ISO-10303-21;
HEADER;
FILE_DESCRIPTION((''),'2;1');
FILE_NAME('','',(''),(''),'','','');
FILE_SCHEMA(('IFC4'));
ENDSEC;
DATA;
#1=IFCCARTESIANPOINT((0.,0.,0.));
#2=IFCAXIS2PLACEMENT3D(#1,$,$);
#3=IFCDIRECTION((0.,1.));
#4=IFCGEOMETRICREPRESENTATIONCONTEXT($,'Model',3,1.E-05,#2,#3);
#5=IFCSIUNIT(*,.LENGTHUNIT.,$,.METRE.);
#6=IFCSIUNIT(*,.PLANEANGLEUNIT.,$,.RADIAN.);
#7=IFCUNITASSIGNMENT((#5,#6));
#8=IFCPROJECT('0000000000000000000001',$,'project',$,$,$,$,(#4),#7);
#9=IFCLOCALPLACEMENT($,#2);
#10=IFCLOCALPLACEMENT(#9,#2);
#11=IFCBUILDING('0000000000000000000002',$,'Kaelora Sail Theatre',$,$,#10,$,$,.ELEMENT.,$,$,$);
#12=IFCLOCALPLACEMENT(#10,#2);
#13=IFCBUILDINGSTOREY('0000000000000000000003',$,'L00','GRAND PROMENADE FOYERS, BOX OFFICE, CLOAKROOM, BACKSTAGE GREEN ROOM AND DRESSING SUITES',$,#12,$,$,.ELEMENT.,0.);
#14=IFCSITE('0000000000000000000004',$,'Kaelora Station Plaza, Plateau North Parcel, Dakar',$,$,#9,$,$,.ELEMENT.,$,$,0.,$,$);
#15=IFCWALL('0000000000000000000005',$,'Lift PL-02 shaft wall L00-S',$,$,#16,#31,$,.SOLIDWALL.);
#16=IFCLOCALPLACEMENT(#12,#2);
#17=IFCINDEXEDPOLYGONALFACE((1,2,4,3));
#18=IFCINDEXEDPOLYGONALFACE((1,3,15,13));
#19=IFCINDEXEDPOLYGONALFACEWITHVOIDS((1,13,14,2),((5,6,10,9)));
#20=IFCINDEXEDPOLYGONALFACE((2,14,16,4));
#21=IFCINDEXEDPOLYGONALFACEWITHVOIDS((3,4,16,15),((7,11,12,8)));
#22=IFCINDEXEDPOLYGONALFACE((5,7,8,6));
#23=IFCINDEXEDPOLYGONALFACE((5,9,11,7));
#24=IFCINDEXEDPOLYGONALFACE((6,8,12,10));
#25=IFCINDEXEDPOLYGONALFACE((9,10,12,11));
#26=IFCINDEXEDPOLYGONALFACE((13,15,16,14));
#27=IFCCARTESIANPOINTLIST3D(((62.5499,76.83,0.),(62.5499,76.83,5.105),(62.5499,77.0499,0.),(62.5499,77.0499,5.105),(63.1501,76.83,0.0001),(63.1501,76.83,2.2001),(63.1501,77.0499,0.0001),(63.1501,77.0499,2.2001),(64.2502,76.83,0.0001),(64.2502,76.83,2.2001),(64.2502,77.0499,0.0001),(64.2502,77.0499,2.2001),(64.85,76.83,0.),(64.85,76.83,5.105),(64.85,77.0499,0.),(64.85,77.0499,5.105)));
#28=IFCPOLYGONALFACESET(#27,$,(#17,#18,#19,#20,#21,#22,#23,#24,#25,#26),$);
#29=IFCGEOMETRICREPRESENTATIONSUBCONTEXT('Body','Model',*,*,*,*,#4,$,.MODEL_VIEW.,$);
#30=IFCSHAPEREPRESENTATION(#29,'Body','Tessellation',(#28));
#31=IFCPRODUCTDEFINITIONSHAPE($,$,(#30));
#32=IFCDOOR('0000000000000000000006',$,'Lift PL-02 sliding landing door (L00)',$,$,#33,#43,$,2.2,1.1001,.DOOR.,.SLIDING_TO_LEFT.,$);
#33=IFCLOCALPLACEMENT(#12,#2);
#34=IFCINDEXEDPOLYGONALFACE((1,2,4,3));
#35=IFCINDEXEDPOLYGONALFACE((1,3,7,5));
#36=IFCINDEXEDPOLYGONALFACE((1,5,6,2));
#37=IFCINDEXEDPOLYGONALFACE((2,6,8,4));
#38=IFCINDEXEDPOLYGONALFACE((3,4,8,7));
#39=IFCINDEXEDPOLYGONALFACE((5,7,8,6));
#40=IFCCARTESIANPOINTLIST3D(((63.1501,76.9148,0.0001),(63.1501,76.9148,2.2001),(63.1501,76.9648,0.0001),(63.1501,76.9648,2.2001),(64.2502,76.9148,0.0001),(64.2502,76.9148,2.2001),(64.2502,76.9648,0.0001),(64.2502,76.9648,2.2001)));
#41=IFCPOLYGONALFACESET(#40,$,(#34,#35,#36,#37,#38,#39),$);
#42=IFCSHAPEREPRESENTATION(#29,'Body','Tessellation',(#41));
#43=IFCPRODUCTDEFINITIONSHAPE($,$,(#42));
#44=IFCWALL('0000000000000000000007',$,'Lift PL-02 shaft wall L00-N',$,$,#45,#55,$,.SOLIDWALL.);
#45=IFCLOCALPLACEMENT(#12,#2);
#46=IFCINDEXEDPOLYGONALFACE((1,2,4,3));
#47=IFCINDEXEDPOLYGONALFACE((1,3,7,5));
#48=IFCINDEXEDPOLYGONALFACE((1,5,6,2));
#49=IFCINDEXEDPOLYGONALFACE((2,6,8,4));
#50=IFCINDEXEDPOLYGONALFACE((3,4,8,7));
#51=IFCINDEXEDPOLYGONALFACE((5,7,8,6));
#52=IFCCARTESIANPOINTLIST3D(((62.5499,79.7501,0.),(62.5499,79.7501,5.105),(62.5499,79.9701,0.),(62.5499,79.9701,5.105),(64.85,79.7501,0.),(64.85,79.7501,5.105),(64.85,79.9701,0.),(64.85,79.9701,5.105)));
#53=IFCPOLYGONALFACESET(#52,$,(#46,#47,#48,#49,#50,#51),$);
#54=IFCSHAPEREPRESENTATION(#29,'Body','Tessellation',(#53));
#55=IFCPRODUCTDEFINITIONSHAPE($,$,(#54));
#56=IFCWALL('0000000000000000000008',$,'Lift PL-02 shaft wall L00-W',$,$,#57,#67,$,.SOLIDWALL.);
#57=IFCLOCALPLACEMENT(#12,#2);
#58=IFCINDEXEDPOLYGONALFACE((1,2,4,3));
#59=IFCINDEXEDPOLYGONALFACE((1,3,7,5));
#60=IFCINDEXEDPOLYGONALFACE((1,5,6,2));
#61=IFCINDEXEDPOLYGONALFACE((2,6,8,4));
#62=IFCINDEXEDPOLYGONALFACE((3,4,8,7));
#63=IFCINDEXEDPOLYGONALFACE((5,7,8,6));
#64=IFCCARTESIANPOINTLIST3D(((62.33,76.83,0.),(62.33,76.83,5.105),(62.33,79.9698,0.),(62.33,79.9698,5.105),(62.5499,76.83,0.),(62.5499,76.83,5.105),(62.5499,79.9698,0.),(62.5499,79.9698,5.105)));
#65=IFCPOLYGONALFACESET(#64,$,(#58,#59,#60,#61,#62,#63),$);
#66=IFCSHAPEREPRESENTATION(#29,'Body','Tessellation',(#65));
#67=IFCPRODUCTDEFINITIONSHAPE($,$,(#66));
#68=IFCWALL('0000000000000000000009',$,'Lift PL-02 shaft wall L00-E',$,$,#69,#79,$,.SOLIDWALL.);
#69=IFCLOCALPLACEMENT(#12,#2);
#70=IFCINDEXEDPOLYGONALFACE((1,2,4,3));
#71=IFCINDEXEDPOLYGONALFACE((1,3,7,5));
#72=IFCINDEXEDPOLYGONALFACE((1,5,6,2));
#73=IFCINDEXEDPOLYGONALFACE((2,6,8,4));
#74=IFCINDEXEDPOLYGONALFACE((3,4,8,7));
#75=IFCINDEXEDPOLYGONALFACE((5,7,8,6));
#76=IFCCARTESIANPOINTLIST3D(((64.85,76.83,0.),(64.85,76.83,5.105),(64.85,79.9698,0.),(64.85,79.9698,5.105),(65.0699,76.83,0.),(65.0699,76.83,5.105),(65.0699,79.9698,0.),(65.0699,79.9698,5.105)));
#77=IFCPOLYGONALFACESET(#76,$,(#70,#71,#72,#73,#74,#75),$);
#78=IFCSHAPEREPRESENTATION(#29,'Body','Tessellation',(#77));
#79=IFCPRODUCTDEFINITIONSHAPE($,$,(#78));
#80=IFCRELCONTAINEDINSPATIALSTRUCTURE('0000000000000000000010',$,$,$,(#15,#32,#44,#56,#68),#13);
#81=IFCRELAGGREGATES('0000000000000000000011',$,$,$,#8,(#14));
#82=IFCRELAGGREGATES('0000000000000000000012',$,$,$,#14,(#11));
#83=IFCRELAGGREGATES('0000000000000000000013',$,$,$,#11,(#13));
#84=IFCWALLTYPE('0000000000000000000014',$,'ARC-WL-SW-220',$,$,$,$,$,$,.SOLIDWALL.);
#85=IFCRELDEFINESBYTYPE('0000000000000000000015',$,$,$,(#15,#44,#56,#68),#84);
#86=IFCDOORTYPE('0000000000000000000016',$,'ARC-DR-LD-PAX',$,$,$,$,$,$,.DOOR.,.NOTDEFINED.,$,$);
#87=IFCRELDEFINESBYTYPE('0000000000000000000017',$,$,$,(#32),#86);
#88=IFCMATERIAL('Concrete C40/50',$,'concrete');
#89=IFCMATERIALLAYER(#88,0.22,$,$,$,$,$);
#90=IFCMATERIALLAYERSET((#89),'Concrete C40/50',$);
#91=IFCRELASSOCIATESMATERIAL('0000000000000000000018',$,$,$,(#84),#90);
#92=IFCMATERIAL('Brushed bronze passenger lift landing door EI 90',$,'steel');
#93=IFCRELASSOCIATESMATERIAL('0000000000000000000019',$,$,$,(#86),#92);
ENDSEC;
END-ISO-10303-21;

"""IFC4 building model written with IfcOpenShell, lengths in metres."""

from ifc_helpers import new_model, si_unit, direction, frame, frame_2d, origin, place, context, subcontext, project, spatial, rectangle, extrude, material, layer, layer_set, type_object, element, fill, save


model = new_model("IFC4")

# Units and contexts
model_context = context("Model", 3, precision=1e-05, world=origin(), true_north=direction((0.0, 1.0)))
body_context = subcontext(model_context, "Body", "Model", "MODEL_VIEW")
ifc_project = project(units=[si_unit("LENGTHUNIT", "METRE"), si_unit("PLANEANGLEUNIT", "RADIAN")], contexts=[model_context])

# Site, building, storey
site_placement = place(None, origin())
site = spatial("IfcSite", under=ifc_project, at=site_placement, Name="Kaelora Station Plaza, Plateau North Parcel, Dakar", CompositionType="ELEMENT", RefElevation=0.0)
building_placement = place(site_placement, origin())
building = spatial("IfcBuilding", under=site, at=building_placement, Name="Kaelora Sail Theatre", CompositionType="ELEMENT")
storey_placement = place(building_placement, origin())
storey = spatial("IfcBuildingStorey", under=building, at=storey_placement, Name="L00", Description="GRAND PROMENADE FOYERS, BOX OFFICE, CLOAKROOM, BACKSTAGE GREEN ROOM AND DRESSING SUITES", CompositionType="ELEMENT", Elevation=0.0)

# Shared definitions
ifc_material_1 = material(Name="Concrete C40/50", Category="concrete")
ifc_layer_1 = layer(ifc_material_1, 0.22)
ifc_layer_set_1 = layer_set([ifc_layer_1], Name="Concrete C40/50")
wall_type_1 = type_object("IfcWallType", Name="ARC-WL-SW-220", PredefinedType="SOLIDWALL", material=ifc_layer_set_1)
ifc_material_2 = material(Name="Brushed bronze passenger lift landing door EI 90", Category="steel")
door_type_1 = type_object("IfcDoorType", Name="ARC-DR-LD-PAX", OperationType="NOTDEFINED", PredefinedType="DOOR", material=ifc_material_2)

# Wall, opening, door
wall_1_placement = place(storey_placement, frame((62.55, 76.9399, 0.0), z_axis=(0.0, 0.0, 1.0), x_axis=(1.0, 0.0, 0.0)))
wall_1 = element("IfcWall", 1, at=wall_1_placement, inside=storey, type_object=wall_type_1, Name="Lift PL-02 shaft wall L00-S", PredefinedType="SOLIDWALL", context=body_context, shape_type="SweptSolid", body=[
    extrude(rectangle(XDim=2.3, YDim=0.22, at=frame_2d((1.1499, 0.0))), origin(), (0.0, 0.0, 1.0), 5.105),
])
opening_1_placement = place(wall_1_placement, frame((0.6001, 0.0, 0.0)))
opening_1 = element("IfcOpeningElement", 2, at=opening_1_placement, cuts=wall_1, PredefinedType="OPENING", context=body_context, shape_type="SweptSolid", body=[
    extrude(rectangle(XDim=1.1001, YDim=2.2, at=frame_2d((0.55, 1.1001))), frame((0.0, 0.1199, 0.0), z_axis=(0.0, -1.0, 0.0), x_axis=(1.0, 0.0, 0.0)), (0.0, 0.0, 1.0), 0.24),
])
door_1_placement = place(opening_1_placement, origin())
door_1 = element("IfcDoor", 3, at=door_1_placement, inside=storey, type_object=door_type_1, Name="Lift PL-02 sliding landing door (L00)", OperationType="SLIDING_TO_LEFT", OverallHeight=2.2, OverallWidth=1.1001, PredefinedType="DOOR", context=body_context, shape_type="SweptSolid", body=[
    extrude(rectangle(XDim=1.1001, YDim=2.2, at=frame_2d((0.55, 1.1001))), frame((0.0, 0.0249, 0.0), z_axis=(0.0, -1.0, 0.0), x_axis=(1.0, 0.0, 0.0)), (0.0, 0.0, 1.0), 0.05),
])
fill(opening_1, door_1)

# Walls
wall_2_placement = place(storey_placement, frame((62.55, 79.8601, 0.0), z_axis=(0.0, 0.0, 1.0), x_axis=(1.0, 0.0, 0.0)))
element("IfcWall", 4, at=wall_2_placement, inside=storey, type_object=wall_type_1, Name="Lift PL-02 shaft wall L00-N", PredefinedType="SOLIDWALL", context=body_context, shape_type="SweptSolid", body=[
    extrude(rectangle(XDim=2.3, YDim=0.22, at=frame_2d((1.1499, 0.0))), origin(), (0.0, 0.0, 1.0), 5.105),
])
for number, where, z_axis, x_axis, name in (
    (5, (62.4399, 76.8301, 0.0), (0.0, 0.0, 1.0), (0.0, 1.0, 0.0), "Lift PL-02 shaft wall L00-W"),
    (6, (64.96, 76.8301, 0.0), (0.0, 0.0, 1.0), (0.0, 1.0, 0.0), "Lift PL-02 shaft wall L00-E"),
):
    element("IfcWall", number, at=place(storey_placement, frame(where, z_axis=z_axis, x_axis=x_axis)), inside=storey, type_object=wall_type_1, Name=name, PredefinedType="SOLIDWALL", context=body_context, shape_type="SweptSolid", body=[
        extrude(rectangle(XDim=3.1399, YDim=0.22, at=frame_2d((1.5698, 0.0))), origin(), (0.0, 0.0, 1.0), 5.105),
    ])

save(model, "model.ifc")
